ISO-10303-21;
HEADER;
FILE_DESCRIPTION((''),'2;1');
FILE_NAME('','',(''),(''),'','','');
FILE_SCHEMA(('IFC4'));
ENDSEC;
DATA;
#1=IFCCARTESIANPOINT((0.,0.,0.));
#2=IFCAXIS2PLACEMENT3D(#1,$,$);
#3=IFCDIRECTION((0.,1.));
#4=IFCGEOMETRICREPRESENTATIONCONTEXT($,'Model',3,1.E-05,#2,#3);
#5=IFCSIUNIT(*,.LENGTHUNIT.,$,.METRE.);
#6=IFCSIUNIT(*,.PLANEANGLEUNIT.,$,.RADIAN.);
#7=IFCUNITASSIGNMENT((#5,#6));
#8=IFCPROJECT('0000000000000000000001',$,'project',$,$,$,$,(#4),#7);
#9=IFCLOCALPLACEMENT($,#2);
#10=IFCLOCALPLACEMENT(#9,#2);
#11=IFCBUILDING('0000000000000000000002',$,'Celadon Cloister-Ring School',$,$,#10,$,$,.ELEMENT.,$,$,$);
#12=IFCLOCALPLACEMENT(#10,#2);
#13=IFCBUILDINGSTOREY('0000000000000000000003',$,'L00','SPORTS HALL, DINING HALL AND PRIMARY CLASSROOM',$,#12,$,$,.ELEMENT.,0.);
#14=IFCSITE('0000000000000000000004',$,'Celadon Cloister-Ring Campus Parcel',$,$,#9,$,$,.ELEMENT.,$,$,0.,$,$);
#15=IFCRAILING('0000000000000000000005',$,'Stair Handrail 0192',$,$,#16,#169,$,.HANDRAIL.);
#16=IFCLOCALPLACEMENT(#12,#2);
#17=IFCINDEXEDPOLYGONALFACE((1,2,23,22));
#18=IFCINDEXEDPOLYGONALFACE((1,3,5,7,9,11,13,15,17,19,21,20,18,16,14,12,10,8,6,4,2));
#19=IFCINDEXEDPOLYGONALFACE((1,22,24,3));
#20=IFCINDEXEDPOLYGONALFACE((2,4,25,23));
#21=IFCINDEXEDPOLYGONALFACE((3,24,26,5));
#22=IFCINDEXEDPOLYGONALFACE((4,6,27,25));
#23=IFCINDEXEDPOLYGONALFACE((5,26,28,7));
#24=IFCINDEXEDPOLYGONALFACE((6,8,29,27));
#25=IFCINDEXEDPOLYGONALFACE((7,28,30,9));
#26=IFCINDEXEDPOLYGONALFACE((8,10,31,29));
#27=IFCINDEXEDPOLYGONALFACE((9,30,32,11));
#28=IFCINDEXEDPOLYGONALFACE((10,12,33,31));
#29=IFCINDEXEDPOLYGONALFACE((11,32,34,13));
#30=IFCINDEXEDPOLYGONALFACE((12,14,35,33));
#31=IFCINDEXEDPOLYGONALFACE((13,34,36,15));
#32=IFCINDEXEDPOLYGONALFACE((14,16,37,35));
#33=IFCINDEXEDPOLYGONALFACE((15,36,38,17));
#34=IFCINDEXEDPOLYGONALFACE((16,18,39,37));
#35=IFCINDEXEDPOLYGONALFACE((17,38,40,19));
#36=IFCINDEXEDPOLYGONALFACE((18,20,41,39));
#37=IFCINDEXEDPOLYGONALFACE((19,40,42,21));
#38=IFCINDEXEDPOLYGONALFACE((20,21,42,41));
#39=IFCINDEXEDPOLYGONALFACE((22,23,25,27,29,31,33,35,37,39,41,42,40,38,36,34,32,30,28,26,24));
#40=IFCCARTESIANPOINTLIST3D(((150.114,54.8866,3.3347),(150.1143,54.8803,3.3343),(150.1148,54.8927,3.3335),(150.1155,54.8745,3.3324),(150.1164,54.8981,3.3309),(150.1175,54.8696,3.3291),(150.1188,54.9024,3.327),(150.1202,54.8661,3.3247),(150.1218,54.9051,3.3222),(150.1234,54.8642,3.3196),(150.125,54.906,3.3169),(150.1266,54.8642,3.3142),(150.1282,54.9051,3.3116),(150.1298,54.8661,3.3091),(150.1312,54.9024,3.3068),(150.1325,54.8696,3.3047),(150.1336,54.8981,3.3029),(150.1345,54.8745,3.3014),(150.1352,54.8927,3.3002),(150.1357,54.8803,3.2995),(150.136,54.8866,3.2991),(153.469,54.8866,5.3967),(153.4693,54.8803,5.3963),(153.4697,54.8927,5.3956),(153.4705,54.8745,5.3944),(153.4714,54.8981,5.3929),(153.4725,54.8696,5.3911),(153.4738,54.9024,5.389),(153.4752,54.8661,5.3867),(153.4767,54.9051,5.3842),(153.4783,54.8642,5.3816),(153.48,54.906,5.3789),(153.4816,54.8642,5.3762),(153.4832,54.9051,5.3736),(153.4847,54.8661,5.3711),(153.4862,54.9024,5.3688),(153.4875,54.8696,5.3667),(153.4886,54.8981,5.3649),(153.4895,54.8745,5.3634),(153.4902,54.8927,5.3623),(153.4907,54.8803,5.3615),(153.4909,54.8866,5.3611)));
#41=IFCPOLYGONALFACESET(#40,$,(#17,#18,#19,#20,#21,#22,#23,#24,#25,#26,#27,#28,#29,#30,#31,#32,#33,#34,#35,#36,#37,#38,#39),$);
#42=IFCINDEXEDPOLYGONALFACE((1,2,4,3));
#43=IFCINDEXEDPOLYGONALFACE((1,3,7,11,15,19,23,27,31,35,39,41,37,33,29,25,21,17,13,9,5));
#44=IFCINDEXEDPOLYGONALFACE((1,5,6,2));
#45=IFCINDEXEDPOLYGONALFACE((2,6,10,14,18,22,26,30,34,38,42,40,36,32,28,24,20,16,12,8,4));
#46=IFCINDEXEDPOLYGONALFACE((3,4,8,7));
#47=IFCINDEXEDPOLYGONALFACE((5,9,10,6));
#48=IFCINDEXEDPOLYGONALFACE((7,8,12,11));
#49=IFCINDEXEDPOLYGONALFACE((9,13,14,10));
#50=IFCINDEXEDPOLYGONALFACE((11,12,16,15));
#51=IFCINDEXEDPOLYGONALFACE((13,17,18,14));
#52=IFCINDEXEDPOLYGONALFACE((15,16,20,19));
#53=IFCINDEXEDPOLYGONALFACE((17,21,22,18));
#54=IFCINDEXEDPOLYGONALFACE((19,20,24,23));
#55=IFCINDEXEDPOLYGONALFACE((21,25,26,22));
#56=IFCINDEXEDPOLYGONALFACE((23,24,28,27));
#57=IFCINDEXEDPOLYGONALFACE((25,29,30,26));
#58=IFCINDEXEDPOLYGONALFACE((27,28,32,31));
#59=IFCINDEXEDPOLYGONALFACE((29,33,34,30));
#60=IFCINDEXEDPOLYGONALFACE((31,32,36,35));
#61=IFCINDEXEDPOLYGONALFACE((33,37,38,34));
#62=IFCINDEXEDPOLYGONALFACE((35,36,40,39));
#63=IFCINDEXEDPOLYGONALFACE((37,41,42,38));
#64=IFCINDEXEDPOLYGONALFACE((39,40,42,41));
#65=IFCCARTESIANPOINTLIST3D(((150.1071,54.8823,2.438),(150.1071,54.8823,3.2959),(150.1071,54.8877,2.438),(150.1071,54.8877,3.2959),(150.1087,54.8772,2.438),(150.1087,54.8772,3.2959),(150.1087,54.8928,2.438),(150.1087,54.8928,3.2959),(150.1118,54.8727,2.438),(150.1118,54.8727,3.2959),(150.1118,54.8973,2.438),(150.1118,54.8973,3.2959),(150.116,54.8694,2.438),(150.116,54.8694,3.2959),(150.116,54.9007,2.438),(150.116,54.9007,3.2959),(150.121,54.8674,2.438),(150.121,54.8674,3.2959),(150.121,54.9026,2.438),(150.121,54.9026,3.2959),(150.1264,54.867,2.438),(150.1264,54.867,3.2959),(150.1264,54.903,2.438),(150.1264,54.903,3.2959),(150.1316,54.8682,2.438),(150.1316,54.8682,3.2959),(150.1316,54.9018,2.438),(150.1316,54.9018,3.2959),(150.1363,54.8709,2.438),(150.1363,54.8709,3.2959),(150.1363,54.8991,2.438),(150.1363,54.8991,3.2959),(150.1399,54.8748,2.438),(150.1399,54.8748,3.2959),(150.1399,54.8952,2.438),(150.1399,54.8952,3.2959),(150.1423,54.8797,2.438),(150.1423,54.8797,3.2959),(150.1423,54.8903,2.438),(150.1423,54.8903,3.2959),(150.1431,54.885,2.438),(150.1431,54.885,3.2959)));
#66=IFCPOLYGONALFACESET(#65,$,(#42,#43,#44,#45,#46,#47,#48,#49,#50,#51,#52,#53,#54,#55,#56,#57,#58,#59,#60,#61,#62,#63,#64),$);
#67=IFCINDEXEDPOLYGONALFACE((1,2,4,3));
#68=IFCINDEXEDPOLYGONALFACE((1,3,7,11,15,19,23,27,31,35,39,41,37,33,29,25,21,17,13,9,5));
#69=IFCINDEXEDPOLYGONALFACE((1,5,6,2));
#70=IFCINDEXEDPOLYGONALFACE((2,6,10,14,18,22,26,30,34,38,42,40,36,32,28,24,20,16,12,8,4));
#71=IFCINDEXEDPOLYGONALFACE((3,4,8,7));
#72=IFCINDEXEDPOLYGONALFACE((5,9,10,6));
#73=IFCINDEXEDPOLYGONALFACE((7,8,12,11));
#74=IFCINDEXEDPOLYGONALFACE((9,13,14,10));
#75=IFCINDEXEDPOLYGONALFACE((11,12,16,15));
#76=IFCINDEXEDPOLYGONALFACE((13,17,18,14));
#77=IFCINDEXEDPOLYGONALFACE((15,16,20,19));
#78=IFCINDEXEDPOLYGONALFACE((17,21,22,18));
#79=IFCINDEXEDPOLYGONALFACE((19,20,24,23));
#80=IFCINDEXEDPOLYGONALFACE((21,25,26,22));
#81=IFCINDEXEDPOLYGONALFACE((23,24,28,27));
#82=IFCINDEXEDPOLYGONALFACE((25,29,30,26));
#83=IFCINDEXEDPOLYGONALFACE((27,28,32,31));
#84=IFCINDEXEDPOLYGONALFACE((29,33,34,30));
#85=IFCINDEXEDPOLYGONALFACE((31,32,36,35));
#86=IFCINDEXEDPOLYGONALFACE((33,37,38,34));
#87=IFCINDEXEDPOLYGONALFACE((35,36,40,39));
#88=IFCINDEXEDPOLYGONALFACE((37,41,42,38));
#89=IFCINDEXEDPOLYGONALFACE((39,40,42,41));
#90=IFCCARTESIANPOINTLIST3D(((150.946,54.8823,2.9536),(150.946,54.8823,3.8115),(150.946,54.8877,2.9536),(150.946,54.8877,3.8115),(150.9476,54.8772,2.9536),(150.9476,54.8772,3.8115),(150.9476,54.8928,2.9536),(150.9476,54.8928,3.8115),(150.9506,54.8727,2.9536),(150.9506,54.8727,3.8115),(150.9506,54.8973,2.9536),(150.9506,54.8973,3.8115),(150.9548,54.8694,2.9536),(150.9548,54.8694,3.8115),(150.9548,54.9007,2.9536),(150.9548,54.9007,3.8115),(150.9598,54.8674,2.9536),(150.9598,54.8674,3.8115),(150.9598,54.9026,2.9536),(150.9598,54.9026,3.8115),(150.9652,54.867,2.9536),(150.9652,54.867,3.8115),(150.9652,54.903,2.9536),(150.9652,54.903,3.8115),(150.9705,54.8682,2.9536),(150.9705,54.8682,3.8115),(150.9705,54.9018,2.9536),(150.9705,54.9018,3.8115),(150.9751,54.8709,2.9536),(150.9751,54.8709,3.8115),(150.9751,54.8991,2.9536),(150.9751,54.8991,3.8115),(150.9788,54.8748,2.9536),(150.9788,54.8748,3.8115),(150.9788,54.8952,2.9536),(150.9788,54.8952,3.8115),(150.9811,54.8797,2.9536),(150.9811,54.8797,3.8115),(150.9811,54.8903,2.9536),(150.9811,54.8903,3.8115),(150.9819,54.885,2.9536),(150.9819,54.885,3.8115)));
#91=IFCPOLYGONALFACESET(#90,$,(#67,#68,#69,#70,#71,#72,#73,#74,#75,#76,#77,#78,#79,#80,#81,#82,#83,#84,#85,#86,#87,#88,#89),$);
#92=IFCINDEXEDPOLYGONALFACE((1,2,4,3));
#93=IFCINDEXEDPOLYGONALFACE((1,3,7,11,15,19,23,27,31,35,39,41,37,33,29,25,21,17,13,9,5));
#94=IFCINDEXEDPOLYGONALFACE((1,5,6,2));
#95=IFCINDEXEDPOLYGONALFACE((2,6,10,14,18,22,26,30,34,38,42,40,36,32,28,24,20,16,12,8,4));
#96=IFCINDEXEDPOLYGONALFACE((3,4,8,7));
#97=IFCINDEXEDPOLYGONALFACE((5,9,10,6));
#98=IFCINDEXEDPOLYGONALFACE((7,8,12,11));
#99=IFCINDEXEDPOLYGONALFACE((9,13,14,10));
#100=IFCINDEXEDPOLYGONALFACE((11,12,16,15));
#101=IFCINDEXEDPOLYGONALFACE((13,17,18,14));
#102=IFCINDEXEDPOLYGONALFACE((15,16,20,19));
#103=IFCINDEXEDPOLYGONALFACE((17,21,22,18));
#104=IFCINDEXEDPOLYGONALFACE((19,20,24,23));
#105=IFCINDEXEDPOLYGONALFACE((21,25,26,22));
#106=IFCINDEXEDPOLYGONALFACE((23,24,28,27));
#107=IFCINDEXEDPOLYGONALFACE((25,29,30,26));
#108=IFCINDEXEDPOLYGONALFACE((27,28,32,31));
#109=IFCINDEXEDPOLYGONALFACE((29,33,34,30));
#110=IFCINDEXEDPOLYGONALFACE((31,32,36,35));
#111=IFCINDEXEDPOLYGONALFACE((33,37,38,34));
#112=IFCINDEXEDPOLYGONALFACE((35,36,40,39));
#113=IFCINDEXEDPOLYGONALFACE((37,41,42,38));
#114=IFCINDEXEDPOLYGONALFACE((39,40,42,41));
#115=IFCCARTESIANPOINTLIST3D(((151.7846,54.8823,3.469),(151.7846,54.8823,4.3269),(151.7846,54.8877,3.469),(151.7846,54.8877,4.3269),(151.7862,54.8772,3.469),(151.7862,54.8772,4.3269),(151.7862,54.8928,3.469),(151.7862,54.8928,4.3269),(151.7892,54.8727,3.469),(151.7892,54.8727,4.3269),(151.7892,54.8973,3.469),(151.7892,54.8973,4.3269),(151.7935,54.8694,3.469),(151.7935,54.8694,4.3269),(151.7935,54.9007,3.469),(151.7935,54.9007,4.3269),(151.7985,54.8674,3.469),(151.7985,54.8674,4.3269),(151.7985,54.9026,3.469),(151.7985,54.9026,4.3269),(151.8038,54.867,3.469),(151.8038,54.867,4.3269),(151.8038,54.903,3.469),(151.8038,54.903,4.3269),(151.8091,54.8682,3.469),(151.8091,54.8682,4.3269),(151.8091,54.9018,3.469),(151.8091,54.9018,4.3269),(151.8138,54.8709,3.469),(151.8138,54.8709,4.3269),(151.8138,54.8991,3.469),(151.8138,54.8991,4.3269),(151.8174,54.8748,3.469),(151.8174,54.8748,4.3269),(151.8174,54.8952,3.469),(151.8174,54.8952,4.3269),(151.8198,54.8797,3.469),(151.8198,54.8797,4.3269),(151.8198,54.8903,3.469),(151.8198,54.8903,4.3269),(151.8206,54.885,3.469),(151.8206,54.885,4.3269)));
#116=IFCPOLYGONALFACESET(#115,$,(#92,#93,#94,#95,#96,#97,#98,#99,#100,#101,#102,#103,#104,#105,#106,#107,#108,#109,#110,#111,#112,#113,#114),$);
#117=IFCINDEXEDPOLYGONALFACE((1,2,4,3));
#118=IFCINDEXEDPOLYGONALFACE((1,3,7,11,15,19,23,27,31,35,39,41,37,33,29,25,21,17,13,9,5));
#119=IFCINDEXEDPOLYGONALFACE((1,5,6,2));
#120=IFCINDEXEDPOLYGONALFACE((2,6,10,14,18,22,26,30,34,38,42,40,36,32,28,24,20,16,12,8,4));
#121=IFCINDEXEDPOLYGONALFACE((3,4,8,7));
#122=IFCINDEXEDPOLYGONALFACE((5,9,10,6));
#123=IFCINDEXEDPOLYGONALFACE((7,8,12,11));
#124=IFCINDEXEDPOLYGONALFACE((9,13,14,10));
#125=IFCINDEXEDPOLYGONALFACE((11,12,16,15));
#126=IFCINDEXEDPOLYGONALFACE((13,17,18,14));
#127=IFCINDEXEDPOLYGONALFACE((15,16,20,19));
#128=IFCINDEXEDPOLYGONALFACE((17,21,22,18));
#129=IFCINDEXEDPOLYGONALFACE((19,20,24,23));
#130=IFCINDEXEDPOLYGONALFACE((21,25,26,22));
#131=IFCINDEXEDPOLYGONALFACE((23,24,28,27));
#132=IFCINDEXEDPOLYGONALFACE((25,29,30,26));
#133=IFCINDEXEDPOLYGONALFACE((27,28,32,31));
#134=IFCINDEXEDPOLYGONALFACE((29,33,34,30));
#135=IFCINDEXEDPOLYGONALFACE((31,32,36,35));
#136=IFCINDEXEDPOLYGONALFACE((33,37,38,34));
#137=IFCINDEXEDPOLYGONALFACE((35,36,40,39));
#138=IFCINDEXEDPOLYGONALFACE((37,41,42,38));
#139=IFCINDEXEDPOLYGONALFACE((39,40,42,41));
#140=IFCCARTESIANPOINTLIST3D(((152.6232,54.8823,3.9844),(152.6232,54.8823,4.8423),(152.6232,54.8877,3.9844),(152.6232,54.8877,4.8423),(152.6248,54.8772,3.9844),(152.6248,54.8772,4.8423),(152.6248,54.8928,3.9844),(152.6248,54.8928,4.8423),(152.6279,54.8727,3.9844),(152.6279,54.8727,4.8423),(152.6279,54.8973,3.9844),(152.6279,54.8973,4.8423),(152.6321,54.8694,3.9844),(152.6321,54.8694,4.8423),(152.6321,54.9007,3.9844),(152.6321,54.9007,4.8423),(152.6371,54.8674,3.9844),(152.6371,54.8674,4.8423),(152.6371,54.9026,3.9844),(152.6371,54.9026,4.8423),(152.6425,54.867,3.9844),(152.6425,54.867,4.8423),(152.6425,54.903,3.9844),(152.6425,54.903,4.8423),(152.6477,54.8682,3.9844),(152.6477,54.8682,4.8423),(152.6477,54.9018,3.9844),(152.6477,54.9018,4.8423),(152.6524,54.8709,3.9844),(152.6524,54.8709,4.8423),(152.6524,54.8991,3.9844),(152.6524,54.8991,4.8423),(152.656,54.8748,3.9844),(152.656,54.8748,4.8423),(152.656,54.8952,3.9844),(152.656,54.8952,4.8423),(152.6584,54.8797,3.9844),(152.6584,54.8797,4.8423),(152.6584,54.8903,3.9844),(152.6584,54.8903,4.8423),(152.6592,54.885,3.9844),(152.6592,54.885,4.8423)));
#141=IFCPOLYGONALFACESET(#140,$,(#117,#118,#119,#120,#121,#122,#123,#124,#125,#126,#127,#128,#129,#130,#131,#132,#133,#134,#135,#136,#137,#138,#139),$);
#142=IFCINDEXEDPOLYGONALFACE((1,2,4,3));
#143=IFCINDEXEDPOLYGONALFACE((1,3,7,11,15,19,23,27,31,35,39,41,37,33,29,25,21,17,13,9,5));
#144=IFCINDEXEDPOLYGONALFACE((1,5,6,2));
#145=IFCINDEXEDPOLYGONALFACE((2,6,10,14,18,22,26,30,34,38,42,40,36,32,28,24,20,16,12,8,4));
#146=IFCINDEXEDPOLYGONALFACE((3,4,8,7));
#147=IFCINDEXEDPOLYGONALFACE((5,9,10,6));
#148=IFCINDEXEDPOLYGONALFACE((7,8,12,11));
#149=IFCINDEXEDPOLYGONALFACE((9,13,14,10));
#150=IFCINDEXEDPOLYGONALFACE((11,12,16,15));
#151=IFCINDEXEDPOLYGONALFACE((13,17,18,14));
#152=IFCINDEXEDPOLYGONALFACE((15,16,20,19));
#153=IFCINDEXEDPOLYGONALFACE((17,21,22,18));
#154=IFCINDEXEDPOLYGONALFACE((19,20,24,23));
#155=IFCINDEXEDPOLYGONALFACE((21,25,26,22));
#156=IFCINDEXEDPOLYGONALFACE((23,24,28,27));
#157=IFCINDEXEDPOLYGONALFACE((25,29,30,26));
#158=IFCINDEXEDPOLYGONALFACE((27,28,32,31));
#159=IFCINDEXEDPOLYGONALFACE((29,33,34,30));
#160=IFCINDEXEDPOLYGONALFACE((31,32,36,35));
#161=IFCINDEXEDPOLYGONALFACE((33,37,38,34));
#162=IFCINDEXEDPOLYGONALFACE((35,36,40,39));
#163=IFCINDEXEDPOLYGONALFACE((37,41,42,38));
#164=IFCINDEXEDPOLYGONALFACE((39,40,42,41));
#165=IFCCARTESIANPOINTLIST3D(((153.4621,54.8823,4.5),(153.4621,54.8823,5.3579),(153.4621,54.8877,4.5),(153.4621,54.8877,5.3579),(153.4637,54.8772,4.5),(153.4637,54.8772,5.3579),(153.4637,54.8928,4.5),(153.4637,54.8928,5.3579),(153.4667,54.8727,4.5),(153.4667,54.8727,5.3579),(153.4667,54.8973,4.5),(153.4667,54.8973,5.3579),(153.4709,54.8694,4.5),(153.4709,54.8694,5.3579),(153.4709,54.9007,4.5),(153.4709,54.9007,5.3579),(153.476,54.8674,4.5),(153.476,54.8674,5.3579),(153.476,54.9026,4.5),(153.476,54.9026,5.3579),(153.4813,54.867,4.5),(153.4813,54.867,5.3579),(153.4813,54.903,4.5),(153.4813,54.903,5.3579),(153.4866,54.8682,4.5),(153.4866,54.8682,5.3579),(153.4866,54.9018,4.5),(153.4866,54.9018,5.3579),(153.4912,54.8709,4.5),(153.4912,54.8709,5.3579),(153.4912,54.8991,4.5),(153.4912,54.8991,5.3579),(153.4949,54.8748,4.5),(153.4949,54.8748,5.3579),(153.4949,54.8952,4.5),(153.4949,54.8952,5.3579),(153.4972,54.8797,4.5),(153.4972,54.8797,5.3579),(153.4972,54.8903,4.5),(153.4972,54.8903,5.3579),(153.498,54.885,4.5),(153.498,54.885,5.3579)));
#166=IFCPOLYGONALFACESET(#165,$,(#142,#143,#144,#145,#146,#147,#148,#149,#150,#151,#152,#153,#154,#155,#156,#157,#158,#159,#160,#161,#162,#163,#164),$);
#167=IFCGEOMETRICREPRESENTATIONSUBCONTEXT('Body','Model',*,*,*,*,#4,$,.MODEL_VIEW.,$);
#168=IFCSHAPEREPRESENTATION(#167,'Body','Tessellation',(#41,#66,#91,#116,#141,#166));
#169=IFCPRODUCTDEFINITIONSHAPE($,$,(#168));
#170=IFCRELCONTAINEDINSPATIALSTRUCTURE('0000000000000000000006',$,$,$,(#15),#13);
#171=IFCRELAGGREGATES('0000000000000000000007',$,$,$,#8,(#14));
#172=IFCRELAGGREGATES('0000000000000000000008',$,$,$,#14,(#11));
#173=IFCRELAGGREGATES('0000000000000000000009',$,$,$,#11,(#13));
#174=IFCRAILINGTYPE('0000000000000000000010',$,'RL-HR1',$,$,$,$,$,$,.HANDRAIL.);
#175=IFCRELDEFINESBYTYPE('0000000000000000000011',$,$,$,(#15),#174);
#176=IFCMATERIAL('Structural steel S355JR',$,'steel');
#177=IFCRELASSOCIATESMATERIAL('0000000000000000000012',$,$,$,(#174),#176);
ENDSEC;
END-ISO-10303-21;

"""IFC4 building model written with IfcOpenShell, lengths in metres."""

from ifc_helpers import new_model, si_unit, direction, frame, origin, origin_2d, place, context, subcontext, project, spatial, circle, extrude, material, type_object, element, save


model = new_model("IFC4")

# Units and contexts
model_context = context("Model", 3, precision=1e-05, world=origin(), true_north=direction((0.0, 1.0)))
body_context = subcontext(model_context, "Body", "Model", "MODEL_VIEW")
ifc_project = project(units=[si_unit("LENGTHUNIT", "METRE"), si_unit("PLANEANGLEUNIT", "RADIAN")], contexts=[model_context])

# Site, building, storey
site_placement = place(None, origin())
site = spatial("IfcSite", under=ifc_project, at=site_placement, Name="Celadon Cloister-Ring Campus Parcel", CompositionType="ELEMENT", RefElevation=0.0)
building_placement = place(site_placement, origin())
building = spatial("IfcBuilding", under=site, at=building_placement, Name="Celadon Cloister-Ring School", CompositionType="ELEMENT")
storey_placement = place(building_placement, origin())
storey = spatial("IfcBuildingStorey", under=building, at=storey_placement, Name="L00", Description="SPORTS HALL, DINING HALL AND PRIMARY CLASSROOM", CompositionType="ELEMENT", Elevation=0.0)

# Railing
ifc_material_1 = material(Name="Structural steel S355JR", Category="steel")
railing_type_1 = type_object("IfcRailingType", Name="RL-HR1", PredefinedType="HANDRAIL", material=ifc_material_1)
for number, where, name in (
    (1, (150.125, 54.885, 2.438), "Stair Handrail 0192"),
):
    element("IfcRailing", number, at=place(storey_placement, frame(where)), inside=storey, type_object=railing_type_1, Name=name, PredefinedType="HANDRAIL", context=body_context, shape_type="SweptSolid", body=[
        extrude(circle(Radius=0.021, at=origin_2d()), frame((0.0, 0.0, 0.8789), z_axis=(0.851952, 0.0, 0.52362), x_axis=(0.0, 1.0, 0.0)), (0.0, 0.0, 1.0), 3.938),
        extrude(circle(Radius=0.0181, at=origin_2d()), origin(), (0.0, 0.0, 1.0), 0.8579),
        extrude(circle(Radius=0.0181, at=origin_2d()), frame((0.8389, 0.0, 0.5156)), (0.0, 0.0, 1.0), 0.8579),
        extrude(circle(Radius=0.0181, at=origin_2d()), frame((1.6775, 0.0, 1.031)), (0.0, 0.0, 1.0), 0.8579),
        extrude(circle(Radius=0.0181, at=origin_2d()), frame((2.5161, 0.0, 1.5464)), (0.0, 0.0, 1.0), 0.8579),
        extrude(circle(Radius=0.0181, at=origin_2d()), frame((3.355, 0.0, 2.062)), (0.0, 0.0, 1.0), 0.8579),
    ])

save(model, "model.ifc")
